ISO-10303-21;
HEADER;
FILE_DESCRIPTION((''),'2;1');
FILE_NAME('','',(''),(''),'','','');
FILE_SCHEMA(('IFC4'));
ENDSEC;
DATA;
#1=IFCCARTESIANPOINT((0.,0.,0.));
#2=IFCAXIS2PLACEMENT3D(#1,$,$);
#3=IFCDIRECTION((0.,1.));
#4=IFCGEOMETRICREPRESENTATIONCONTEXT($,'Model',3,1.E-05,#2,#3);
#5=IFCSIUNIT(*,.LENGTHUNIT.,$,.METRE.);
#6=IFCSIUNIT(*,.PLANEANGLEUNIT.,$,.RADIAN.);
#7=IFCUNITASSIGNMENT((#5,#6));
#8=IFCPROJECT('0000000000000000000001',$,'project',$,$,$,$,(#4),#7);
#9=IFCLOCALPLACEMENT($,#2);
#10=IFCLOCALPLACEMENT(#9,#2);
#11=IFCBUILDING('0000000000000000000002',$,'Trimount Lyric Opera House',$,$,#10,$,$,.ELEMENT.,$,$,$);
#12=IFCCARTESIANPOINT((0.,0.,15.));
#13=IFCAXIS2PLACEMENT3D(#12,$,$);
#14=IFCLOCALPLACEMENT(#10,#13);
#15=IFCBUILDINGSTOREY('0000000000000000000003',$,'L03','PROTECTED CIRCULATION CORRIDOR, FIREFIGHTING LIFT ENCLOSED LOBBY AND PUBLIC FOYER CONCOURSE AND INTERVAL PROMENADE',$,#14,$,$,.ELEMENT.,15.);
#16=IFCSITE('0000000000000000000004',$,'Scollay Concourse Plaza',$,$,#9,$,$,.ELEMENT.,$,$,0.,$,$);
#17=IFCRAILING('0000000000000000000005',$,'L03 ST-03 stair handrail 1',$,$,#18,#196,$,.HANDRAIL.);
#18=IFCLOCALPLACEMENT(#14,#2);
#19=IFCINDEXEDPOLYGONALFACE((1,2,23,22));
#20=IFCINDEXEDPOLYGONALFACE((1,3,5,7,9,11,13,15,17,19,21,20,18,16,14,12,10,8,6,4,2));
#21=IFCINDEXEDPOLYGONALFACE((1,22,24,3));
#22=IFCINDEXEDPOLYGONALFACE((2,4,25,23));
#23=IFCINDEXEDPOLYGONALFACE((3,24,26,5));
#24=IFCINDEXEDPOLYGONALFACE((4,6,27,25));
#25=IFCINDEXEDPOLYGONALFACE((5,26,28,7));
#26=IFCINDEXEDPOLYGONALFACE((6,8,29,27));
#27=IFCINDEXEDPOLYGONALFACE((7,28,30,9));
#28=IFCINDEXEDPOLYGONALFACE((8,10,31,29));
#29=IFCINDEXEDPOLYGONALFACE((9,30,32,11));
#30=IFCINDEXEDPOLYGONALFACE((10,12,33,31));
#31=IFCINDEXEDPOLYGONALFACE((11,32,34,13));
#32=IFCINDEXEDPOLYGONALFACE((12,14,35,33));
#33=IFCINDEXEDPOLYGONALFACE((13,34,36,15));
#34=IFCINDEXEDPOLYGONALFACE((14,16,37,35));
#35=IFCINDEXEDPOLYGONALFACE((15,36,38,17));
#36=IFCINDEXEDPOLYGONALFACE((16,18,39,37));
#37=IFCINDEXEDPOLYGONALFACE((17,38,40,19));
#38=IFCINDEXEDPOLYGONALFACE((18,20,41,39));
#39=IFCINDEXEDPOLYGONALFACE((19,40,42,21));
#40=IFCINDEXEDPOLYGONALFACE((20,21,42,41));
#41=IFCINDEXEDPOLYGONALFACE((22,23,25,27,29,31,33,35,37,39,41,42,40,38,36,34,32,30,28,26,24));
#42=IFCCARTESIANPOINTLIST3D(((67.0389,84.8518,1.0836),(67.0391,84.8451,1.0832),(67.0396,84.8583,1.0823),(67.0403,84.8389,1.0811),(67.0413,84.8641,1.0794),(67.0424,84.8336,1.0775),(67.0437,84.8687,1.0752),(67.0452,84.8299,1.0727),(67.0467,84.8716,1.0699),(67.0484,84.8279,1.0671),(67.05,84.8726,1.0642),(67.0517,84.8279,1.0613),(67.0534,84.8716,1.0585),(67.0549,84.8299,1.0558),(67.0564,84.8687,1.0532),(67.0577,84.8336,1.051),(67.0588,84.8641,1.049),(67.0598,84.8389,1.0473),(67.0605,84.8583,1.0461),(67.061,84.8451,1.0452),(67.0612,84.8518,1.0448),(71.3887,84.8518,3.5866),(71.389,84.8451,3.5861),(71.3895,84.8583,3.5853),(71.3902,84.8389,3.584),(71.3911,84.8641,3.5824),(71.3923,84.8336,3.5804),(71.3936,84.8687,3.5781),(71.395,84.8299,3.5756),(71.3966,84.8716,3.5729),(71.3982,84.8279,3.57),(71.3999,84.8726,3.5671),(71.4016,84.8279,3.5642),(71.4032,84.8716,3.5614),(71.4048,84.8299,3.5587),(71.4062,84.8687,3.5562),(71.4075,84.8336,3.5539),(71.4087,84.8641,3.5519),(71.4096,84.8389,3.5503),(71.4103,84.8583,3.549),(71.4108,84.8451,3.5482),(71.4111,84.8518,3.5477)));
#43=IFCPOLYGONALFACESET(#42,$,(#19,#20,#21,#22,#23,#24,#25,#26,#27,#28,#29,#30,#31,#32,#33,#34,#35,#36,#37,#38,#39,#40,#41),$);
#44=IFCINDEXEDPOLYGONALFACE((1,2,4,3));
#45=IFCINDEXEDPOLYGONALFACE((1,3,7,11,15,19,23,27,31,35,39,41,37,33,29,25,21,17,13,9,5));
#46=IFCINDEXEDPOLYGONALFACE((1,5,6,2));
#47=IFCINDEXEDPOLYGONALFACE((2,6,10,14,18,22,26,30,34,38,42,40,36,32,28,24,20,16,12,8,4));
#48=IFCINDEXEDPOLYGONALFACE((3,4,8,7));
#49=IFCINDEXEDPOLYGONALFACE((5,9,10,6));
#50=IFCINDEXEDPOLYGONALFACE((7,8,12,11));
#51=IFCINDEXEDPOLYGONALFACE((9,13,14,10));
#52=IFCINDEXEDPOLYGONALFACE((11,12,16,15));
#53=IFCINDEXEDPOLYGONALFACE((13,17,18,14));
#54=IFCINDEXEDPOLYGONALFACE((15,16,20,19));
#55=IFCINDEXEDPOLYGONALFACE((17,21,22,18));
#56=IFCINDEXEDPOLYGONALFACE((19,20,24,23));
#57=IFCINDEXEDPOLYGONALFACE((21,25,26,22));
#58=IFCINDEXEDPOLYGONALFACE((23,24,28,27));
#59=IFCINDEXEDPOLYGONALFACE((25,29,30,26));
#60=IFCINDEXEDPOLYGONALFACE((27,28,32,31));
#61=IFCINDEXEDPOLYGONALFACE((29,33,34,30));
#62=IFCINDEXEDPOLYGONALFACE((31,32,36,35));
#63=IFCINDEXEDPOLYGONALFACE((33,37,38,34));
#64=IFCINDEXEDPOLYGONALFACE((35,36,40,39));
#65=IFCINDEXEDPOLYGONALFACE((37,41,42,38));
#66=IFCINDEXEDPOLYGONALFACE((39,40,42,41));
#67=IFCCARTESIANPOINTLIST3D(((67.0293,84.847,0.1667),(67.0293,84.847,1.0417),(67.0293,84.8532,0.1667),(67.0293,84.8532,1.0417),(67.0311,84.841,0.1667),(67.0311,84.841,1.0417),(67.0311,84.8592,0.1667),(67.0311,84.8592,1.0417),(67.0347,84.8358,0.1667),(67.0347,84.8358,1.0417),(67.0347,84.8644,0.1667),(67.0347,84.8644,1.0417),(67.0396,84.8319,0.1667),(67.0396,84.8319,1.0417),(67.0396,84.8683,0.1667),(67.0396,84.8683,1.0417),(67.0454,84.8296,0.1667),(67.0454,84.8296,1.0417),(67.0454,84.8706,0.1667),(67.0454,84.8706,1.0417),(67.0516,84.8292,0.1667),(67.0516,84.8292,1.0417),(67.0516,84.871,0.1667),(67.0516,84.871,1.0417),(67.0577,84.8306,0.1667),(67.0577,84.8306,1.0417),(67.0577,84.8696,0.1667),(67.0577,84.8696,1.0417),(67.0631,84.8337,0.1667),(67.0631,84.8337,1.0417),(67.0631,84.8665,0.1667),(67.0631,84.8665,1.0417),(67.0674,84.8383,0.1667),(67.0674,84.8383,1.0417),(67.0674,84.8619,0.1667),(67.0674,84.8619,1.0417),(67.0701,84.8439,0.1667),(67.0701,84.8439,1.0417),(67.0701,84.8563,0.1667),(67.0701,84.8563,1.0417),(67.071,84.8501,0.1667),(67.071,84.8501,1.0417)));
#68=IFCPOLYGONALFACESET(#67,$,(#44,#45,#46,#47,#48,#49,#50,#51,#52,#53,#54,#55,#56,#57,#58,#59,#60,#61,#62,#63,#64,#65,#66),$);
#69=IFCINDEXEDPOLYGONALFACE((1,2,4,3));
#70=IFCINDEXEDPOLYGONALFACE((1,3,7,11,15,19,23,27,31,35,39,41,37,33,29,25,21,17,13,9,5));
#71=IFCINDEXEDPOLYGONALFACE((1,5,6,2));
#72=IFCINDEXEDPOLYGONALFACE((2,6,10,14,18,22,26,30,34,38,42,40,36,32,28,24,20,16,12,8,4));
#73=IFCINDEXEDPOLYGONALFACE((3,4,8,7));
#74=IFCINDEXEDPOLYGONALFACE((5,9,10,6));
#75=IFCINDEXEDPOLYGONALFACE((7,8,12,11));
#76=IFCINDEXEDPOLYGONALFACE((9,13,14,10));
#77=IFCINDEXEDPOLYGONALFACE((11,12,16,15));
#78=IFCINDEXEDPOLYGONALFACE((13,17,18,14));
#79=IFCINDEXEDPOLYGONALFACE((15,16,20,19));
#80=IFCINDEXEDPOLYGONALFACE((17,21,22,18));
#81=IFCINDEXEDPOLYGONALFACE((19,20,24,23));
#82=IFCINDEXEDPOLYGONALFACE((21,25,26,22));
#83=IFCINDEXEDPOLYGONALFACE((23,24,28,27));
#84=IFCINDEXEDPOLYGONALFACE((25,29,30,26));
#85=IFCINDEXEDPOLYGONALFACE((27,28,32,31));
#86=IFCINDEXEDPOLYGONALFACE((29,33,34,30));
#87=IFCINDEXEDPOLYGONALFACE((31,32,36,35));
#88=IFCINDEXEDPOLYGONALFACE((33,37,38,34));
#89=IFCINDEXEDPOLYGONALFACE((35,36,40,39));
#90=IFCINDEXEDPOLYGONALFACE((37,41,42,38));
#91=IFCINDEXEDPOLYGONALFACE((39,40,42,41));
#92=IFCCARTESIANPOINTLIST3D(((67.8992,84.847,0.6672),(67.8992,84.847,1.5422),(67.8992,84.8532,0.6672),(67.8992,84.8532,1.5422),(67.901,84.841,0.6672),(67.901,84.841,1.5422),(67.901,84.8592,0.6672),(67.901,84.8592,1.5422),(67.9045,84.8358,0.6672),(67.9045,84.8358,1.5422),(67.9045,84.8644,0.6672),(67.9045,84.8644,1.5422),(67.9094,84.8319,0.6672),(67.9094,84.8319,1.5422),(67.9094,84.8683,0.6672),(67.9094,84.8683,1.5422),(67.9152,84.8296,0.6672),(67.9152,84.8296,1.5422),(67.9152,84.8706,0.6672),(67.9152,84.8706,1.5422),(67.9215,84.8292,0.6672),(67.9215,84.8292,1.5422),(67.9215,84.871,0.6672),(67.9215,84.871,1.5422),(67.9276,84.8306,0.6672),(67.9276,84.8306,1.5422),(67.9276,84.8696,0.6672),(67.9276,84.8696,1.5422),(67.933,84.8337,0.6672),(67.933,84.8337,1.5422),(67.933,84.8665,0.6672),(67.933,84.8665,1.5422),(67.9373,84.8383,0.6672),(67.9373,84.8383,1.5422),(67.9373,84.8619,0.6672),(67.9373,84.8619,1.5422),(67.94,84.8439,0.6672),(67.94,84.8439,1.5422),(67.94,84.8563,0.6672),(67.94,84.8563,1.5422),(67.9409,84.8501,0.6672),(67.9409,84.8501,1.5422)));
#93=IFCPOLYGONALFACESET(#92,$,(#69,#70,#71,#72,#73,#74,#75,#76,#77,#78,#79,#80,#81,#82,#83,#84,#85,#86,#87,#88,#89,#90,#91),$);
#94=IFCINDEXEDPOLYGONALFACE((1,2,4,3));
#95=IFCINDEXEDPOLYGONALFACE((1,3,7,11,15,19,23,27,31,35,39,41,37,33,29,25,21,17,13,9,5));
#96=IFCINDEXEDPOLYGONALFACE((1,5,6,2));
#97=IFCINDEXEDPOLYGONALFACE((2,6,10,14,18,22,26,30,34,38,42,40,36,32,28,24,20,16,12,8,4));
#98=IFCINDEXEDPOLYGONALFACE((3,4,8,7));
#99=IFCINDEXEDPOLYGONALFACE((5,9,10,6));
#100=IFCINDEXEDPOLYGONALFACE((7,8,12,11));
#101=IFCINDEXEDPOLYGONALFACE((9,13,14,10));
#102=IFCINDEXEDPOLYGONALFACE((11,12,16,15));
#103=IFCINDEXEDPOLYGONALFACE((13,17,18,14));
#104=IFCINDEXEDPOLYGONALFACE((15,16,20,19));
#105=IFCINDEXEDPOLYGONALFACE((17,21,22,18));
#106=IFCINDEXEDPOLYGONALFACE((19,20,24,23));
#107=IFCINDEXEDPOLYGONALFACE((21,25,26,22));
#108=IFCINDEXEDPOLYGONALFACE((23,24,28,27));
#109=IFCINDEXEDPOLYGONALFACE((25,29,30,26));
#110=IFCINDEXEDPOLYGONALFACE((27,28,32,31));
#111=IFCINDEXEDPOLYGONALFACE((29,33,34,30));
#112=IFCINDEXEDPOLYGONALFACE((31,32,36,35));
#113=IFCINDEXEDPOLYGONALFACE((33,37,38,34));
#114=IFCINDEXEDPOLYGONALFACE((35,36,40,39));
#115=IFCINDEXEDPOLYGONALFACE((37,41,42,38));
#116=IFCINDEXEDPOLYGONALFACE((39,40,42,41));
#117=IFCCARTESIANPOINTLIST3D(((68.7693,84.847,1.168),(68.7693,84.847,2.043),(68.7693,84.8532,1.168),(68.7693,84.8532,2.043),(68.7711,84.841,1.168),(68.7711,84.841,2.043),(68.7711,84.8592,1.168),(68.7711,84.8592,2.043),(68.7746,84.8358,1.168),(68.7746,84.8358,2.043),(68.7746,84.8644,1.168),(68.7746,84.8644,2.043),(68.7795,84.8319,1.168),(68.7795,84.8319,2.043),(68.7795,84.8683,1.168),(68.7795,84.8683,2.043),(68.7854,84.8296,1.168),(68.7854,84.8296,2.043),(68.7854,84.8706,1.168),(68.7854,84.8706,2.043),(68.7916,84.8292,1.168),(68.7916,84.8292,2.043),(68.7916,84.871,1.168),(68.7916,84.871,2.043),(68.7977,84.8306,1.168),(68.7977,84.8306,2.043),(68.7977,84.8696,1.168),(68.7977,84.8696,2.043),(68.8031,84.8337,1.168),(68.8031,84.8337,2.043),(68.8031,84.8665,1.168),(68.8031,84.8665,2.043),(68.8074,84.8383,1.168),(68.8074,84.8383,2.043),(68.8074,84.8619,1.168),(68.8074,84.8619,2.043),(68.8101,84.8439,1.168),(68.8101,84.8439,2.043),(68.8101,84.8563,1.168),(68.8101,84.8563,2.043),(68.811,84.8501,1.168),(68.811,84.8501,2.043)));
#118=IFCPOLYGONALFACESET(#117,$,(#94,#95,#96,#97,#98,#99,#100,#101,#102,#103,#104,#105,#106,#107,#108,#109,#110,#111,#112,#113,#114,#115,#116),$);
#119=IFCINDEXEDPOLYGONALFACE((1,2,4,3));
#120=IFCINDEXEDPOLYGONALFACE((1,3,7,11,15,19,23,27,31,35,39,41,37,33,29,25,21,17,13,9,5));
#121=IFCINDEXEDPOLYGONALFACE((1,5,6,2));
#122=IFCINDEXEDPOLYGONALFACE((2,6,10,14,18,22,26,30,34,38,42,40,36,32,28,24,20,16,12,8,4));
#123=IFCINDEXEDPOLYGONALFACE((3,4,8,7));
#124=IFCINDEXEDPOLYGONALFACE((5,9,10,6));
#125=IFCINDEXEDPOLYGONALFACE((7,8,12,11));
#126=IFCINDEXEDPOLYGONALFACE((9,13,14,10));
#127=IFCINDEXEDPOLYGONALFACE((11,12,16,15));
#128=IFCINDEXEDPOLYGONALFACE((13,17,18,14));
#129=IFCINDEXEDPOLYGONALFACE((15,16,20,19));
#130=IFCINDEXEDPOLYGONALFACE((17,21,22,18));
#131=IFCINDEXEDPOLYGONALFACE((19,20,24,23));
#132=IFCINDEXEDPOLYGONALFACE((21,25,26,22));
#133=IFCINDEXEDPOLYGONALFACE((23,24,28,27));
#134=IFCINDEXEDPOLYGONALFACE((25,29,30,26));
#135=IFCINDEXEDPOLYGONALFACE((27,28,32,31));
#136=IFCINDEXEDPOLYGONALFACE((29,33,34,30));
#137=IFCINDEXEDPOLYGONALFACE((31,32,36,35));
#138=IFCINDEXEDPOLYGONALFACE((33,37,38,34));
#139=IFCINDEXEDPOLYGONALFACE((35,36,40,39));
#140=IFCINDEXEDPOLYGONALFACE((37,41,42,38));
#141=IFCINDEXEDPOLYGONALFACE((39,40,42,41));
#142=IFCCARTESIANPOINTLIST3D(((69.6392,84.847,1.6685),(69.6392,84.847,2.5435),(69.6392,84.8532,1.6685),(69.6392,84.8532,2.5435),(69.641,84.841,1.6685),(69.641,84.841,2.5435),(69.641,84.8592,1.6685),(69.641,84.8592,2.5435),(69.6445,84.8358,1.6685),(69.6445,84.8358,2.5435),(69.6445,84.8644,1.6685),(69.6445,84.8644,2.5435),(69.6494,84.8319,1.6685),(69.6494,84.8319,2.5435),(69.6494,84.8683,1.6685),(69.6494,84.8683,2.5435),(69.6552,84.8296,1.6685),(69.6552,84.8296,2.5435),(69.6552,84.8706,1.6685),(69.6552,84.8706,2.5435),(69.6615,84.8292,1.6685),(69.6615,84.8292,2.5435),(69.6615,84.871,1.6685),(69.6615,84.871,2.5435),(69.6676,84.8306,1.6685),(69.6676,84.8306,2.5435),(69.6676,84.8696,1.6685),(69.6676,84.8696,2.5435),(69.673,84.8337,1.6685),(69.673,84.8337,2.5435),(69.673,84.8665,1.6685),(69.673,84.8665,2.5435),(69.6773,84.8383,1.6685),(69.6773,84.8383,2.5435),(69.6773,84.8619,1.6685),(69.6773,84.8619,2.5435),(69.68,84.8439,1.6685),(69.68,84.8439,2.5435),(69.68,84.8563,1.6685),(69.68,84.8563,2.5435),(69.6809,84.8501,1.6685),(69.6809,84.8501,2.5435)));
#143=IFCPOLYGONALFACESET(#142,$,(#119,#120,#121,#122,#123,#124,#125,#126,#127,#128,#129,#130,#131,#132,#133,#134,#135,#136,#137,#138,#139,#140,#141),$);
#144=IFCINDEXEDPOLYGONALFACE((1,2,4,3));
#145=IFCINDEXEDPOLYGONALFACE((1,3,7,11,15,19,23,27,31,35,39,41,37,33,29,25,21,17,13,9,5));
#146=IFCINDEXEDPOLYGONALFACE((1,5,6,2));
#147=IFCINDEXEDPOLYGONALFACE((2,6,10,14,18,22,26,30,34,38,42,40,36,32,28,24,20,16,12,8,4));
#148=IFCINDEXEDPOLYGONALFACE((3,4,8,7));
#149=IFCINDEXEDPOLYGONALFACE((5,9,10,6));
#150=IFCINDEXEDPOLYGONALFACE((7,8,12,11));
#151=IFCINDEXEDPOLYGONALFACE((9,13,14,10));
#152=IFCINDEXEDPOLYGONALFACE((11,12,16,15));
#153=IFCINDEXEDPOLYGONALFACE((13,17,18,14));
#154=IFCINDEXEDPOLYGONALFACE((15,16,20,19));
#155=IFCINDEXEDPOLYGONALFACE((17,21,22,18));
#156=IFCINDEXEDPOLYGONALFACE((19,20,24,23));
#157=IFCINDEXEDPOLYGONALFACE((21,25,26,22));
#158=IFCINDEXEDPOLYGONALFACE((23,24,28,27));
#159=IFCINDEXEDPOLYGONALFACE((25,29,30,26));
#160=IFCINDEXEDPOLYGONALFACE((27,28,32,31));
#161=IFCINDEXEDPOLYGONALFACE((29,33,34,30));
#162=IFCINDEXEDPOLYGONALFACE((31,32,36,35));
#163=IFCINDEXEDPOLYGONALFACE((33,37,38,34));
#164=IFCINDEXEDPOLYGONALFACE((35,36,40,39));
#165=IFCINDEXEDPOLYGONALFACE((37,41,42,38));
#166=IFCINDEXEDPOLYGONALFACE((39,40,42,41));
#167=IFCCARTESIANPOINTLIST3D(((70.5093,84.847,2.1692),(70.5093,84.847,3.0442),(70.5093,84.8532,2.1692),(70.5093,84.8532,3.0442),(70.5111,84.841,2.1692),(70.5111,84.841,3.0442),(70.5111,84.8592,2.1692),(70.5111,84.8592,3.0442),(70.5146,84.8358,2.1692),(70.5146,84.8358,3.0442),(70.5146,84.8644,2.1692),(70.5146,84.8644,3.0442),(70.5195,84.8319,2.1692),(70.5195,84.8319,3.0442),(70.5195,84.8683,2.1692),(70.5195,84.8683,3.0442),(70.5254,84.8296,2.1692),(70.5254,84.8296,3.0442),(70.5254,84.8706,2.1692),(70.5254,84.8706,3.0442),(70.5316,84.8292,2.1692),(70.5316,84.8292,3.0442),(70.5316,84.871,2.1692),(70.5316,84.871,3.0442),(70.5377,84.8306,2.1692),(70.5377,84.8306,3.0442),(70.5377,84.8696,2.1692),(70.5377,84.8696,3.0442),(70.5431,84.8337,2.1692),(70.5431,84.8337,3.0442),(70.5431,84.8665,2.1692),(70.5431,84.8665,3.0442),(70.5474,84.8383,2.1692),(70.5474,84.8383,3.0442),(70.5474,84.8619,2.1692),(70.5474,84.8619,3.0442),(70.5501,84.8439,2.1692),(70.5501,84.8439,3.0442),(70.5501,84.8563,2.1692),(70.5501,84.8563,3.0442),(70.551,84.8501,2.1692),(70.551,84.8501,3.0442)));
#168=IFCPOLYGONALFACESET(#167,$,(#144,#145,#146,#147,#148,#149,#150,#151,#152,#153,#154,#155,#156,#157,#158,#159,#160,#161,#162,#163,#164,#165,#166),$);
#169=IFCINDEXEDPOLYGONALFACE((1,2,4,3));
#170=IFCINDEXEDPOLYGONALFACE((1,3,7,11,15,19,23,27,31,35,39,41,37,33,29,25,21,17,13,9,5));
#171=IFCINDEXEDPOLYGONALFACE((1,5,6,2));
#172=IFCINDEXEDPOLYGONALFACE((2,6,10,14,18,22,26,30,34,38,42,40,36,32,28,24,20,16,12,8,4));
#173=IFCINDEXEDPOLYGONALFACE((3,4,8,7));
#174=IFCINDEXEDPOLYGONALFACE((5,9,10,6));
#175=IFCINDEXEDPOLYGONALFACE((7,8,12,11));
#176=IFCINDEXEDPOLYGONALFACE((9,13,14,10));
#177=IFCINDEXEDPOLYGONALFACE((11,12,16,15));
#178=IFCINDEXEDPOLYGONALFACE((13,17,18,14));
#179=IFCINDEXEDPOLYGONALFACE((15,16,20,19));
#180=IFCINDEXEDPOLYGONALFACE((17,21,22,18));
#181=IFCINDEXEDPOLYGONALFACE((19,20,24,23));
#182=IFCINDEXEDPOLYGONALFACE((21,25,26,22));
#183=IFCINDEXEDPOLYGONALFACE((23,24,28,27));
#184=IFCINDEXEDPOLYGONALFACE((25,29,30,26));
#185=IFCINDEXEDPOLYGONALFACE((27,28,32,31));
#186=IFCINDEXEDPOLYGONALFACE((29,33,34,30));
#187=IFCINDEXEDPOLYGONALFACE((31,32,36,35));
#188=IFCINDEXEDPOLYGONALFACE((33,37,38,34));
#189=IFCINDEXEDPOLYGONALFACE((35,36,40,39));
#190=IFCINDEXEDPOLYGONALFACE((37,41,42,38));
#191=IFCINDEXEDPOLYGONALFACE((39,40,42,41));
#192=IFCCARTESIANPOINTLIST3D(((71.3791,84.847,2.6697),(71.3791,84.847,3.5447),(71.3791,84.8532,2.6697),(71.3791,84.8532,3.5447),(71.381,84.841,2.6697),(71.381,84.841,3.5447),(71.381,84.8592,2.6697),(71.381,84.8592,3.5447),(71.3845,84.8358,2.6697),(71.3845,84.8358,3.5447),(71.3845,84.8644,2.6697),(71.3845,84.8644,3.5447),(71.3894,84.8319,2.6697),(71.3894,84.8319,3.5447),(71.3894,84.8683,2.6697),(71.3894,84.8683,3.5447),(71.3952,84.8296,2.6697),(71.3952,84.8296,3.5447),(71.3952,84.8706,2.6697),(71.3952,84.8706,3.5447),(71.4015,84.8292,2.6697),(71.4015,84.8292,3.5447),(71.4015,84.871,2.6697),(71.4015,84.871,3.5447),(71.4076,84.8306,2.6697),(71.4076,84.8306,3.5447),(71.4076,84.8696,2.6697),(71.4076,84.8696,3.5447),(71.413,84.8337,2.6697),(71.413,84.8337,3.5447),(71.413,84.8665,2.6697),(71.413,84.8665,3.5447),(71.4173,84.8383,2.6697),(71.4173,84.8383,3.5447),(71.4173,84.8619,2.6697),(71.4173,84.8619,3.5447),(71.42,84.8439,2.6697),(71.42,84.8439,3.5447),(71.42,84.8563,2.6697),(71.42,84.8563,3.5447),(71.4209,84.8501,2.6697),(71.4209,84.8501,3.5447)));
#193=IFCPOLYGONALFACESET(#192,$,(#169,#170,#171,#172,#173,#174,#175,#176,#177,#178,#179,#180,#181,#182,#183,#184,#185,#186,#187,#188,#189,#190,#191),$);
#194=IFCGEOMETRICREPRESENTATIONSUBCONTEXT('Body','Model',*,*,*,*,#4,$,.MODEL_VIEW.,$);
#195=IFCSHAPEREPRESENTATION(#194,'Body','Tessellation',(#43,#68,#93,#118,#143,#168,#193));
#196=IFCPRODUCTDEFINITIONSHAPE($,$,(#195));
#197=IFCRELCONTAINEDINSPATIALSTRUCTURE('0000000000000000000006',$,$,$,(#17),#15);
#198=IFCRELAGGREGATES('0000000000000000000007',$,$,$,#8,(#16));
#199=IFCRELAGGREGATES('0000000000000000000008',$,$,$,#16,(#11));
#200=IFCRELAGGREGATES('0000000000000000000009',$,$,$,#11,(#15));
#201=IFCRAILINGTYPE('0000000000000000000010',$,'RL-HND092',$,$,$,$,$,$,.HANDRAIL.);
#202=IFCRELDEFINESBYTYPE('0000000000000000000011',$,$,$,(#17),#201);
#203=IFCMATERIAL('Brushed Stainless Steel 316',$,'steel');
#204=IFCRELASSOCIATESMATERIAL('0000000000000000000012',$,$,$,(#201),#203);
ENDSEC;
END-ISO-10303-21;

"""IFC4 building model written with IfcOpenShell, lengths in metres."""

from ifc_helpers import new_model, si_unit, direction, frame, origin, origin_2d, place, context, subcontext, project, spatial, circle, extrude, material, type_object, element, save


model = new_model("IFC4")

# Units and contexts
model_context = context("Model", 3, precision=1e-05, world=origin(), true_north=direction((0.0, 1.0)))
body_context = subcontext(model_context, "Body", "Model", "MODEL_VIEW")
ifc_project = project(units=[si_unit("LENGTHUNIT", "METRE"), si_unit("PLANEANGLEUNIT", "RADIAN")], contexts=[model_context])

# Site, building, storey
site_placement = place(None, origin())
site = spatial("IfcSite", under=ifc_project, at=site_placement, Name="Scollay Concourse Plaza", CompositionType="ELEMENT", RefElevation=0.0)
building_placement = place(site_placement, origin())
building = spatial("IfcBuilding", under=site, at=building_placement, Name="Trimount Lyric Opera House", CompositionType="ELEMENT")
storey_placement = place(building_placement, frame((0.0, 0.0, 15.0)))
storey = spatial("IfcBuildingStorey", under=building, at=storey_placement, Name="L03", Description="PROTECTED CIRCULATION CORRIDOR, FIREFIGHTING LIFT ENCLOSED LOBBY AND PUBLIC FOYER CONCOURSE AND INTERVAL PROMENADE", CompositionType="ELEMENT", Elevation=15.0)

# Railing
ifc_material_1 = material(Name="Brushed Stainless Steel 316", Category="steel")
railing_type_1 = type_object("IfcRailingType", Name="RL-HND092", PredefinedType="HANDRAIL", material=ifc_material_1)
railing_1_placement = place(storey_placement, frame((67.05, 84.8501, 0.1667)))
element("IfcRailing", 1, at=railing_1_placement, inside=storey, type_object=railing_type_1, Name="L03 ST-03 stair handrail 1", PredefinedType="HANDRAIL", context=body_context, shape_type="SweptSolid", body=[
    extrude(circle(Radius=0.0225, at=origin_2d()), frame((0.0, 0.0, 0.8975), z_axis=(0.866754, 0.0, 0.498735), x_axis=(0.0, 1.0, 0.0)), (0.0, 0.0, 1.0), 5.0186),
    extrude(circle(Radius=0.021, at=origin_2d()), origin(), (0.0, 0.0, 1.0), 0.875),
    extrude(circle(Radius=0.021, at=origin_2d()), frame((0.8699, 0.0, 0.5005)), (0.0, 0.0, 1.0), 0.875),
    extrude(circle(Radius=0.021, at=origin_2d()), frame((1.74, 0.0, 1.0012)), (0.0, 0.0, 1.0), 0.875),
    extrude(circle(Radius=0.021, at=origin_2d()), frame((2.6099, 0.0, 1.5017)), (0.0, 0.0, 1.0), 0.875),
    extrude(circle(Radius=0.021, at=origin_2d()), frame((3.48, 0.0, 2.0024)), (0.0, 0.0, 1.0), 0.875),
    extrude(circle(Radius=0.021, at=origin_2d()), frame((4.3499, 0.0, 2.5029)), (0.0, 0.0, 1.0), 0.875),
])

save(model, "model.ifc")
